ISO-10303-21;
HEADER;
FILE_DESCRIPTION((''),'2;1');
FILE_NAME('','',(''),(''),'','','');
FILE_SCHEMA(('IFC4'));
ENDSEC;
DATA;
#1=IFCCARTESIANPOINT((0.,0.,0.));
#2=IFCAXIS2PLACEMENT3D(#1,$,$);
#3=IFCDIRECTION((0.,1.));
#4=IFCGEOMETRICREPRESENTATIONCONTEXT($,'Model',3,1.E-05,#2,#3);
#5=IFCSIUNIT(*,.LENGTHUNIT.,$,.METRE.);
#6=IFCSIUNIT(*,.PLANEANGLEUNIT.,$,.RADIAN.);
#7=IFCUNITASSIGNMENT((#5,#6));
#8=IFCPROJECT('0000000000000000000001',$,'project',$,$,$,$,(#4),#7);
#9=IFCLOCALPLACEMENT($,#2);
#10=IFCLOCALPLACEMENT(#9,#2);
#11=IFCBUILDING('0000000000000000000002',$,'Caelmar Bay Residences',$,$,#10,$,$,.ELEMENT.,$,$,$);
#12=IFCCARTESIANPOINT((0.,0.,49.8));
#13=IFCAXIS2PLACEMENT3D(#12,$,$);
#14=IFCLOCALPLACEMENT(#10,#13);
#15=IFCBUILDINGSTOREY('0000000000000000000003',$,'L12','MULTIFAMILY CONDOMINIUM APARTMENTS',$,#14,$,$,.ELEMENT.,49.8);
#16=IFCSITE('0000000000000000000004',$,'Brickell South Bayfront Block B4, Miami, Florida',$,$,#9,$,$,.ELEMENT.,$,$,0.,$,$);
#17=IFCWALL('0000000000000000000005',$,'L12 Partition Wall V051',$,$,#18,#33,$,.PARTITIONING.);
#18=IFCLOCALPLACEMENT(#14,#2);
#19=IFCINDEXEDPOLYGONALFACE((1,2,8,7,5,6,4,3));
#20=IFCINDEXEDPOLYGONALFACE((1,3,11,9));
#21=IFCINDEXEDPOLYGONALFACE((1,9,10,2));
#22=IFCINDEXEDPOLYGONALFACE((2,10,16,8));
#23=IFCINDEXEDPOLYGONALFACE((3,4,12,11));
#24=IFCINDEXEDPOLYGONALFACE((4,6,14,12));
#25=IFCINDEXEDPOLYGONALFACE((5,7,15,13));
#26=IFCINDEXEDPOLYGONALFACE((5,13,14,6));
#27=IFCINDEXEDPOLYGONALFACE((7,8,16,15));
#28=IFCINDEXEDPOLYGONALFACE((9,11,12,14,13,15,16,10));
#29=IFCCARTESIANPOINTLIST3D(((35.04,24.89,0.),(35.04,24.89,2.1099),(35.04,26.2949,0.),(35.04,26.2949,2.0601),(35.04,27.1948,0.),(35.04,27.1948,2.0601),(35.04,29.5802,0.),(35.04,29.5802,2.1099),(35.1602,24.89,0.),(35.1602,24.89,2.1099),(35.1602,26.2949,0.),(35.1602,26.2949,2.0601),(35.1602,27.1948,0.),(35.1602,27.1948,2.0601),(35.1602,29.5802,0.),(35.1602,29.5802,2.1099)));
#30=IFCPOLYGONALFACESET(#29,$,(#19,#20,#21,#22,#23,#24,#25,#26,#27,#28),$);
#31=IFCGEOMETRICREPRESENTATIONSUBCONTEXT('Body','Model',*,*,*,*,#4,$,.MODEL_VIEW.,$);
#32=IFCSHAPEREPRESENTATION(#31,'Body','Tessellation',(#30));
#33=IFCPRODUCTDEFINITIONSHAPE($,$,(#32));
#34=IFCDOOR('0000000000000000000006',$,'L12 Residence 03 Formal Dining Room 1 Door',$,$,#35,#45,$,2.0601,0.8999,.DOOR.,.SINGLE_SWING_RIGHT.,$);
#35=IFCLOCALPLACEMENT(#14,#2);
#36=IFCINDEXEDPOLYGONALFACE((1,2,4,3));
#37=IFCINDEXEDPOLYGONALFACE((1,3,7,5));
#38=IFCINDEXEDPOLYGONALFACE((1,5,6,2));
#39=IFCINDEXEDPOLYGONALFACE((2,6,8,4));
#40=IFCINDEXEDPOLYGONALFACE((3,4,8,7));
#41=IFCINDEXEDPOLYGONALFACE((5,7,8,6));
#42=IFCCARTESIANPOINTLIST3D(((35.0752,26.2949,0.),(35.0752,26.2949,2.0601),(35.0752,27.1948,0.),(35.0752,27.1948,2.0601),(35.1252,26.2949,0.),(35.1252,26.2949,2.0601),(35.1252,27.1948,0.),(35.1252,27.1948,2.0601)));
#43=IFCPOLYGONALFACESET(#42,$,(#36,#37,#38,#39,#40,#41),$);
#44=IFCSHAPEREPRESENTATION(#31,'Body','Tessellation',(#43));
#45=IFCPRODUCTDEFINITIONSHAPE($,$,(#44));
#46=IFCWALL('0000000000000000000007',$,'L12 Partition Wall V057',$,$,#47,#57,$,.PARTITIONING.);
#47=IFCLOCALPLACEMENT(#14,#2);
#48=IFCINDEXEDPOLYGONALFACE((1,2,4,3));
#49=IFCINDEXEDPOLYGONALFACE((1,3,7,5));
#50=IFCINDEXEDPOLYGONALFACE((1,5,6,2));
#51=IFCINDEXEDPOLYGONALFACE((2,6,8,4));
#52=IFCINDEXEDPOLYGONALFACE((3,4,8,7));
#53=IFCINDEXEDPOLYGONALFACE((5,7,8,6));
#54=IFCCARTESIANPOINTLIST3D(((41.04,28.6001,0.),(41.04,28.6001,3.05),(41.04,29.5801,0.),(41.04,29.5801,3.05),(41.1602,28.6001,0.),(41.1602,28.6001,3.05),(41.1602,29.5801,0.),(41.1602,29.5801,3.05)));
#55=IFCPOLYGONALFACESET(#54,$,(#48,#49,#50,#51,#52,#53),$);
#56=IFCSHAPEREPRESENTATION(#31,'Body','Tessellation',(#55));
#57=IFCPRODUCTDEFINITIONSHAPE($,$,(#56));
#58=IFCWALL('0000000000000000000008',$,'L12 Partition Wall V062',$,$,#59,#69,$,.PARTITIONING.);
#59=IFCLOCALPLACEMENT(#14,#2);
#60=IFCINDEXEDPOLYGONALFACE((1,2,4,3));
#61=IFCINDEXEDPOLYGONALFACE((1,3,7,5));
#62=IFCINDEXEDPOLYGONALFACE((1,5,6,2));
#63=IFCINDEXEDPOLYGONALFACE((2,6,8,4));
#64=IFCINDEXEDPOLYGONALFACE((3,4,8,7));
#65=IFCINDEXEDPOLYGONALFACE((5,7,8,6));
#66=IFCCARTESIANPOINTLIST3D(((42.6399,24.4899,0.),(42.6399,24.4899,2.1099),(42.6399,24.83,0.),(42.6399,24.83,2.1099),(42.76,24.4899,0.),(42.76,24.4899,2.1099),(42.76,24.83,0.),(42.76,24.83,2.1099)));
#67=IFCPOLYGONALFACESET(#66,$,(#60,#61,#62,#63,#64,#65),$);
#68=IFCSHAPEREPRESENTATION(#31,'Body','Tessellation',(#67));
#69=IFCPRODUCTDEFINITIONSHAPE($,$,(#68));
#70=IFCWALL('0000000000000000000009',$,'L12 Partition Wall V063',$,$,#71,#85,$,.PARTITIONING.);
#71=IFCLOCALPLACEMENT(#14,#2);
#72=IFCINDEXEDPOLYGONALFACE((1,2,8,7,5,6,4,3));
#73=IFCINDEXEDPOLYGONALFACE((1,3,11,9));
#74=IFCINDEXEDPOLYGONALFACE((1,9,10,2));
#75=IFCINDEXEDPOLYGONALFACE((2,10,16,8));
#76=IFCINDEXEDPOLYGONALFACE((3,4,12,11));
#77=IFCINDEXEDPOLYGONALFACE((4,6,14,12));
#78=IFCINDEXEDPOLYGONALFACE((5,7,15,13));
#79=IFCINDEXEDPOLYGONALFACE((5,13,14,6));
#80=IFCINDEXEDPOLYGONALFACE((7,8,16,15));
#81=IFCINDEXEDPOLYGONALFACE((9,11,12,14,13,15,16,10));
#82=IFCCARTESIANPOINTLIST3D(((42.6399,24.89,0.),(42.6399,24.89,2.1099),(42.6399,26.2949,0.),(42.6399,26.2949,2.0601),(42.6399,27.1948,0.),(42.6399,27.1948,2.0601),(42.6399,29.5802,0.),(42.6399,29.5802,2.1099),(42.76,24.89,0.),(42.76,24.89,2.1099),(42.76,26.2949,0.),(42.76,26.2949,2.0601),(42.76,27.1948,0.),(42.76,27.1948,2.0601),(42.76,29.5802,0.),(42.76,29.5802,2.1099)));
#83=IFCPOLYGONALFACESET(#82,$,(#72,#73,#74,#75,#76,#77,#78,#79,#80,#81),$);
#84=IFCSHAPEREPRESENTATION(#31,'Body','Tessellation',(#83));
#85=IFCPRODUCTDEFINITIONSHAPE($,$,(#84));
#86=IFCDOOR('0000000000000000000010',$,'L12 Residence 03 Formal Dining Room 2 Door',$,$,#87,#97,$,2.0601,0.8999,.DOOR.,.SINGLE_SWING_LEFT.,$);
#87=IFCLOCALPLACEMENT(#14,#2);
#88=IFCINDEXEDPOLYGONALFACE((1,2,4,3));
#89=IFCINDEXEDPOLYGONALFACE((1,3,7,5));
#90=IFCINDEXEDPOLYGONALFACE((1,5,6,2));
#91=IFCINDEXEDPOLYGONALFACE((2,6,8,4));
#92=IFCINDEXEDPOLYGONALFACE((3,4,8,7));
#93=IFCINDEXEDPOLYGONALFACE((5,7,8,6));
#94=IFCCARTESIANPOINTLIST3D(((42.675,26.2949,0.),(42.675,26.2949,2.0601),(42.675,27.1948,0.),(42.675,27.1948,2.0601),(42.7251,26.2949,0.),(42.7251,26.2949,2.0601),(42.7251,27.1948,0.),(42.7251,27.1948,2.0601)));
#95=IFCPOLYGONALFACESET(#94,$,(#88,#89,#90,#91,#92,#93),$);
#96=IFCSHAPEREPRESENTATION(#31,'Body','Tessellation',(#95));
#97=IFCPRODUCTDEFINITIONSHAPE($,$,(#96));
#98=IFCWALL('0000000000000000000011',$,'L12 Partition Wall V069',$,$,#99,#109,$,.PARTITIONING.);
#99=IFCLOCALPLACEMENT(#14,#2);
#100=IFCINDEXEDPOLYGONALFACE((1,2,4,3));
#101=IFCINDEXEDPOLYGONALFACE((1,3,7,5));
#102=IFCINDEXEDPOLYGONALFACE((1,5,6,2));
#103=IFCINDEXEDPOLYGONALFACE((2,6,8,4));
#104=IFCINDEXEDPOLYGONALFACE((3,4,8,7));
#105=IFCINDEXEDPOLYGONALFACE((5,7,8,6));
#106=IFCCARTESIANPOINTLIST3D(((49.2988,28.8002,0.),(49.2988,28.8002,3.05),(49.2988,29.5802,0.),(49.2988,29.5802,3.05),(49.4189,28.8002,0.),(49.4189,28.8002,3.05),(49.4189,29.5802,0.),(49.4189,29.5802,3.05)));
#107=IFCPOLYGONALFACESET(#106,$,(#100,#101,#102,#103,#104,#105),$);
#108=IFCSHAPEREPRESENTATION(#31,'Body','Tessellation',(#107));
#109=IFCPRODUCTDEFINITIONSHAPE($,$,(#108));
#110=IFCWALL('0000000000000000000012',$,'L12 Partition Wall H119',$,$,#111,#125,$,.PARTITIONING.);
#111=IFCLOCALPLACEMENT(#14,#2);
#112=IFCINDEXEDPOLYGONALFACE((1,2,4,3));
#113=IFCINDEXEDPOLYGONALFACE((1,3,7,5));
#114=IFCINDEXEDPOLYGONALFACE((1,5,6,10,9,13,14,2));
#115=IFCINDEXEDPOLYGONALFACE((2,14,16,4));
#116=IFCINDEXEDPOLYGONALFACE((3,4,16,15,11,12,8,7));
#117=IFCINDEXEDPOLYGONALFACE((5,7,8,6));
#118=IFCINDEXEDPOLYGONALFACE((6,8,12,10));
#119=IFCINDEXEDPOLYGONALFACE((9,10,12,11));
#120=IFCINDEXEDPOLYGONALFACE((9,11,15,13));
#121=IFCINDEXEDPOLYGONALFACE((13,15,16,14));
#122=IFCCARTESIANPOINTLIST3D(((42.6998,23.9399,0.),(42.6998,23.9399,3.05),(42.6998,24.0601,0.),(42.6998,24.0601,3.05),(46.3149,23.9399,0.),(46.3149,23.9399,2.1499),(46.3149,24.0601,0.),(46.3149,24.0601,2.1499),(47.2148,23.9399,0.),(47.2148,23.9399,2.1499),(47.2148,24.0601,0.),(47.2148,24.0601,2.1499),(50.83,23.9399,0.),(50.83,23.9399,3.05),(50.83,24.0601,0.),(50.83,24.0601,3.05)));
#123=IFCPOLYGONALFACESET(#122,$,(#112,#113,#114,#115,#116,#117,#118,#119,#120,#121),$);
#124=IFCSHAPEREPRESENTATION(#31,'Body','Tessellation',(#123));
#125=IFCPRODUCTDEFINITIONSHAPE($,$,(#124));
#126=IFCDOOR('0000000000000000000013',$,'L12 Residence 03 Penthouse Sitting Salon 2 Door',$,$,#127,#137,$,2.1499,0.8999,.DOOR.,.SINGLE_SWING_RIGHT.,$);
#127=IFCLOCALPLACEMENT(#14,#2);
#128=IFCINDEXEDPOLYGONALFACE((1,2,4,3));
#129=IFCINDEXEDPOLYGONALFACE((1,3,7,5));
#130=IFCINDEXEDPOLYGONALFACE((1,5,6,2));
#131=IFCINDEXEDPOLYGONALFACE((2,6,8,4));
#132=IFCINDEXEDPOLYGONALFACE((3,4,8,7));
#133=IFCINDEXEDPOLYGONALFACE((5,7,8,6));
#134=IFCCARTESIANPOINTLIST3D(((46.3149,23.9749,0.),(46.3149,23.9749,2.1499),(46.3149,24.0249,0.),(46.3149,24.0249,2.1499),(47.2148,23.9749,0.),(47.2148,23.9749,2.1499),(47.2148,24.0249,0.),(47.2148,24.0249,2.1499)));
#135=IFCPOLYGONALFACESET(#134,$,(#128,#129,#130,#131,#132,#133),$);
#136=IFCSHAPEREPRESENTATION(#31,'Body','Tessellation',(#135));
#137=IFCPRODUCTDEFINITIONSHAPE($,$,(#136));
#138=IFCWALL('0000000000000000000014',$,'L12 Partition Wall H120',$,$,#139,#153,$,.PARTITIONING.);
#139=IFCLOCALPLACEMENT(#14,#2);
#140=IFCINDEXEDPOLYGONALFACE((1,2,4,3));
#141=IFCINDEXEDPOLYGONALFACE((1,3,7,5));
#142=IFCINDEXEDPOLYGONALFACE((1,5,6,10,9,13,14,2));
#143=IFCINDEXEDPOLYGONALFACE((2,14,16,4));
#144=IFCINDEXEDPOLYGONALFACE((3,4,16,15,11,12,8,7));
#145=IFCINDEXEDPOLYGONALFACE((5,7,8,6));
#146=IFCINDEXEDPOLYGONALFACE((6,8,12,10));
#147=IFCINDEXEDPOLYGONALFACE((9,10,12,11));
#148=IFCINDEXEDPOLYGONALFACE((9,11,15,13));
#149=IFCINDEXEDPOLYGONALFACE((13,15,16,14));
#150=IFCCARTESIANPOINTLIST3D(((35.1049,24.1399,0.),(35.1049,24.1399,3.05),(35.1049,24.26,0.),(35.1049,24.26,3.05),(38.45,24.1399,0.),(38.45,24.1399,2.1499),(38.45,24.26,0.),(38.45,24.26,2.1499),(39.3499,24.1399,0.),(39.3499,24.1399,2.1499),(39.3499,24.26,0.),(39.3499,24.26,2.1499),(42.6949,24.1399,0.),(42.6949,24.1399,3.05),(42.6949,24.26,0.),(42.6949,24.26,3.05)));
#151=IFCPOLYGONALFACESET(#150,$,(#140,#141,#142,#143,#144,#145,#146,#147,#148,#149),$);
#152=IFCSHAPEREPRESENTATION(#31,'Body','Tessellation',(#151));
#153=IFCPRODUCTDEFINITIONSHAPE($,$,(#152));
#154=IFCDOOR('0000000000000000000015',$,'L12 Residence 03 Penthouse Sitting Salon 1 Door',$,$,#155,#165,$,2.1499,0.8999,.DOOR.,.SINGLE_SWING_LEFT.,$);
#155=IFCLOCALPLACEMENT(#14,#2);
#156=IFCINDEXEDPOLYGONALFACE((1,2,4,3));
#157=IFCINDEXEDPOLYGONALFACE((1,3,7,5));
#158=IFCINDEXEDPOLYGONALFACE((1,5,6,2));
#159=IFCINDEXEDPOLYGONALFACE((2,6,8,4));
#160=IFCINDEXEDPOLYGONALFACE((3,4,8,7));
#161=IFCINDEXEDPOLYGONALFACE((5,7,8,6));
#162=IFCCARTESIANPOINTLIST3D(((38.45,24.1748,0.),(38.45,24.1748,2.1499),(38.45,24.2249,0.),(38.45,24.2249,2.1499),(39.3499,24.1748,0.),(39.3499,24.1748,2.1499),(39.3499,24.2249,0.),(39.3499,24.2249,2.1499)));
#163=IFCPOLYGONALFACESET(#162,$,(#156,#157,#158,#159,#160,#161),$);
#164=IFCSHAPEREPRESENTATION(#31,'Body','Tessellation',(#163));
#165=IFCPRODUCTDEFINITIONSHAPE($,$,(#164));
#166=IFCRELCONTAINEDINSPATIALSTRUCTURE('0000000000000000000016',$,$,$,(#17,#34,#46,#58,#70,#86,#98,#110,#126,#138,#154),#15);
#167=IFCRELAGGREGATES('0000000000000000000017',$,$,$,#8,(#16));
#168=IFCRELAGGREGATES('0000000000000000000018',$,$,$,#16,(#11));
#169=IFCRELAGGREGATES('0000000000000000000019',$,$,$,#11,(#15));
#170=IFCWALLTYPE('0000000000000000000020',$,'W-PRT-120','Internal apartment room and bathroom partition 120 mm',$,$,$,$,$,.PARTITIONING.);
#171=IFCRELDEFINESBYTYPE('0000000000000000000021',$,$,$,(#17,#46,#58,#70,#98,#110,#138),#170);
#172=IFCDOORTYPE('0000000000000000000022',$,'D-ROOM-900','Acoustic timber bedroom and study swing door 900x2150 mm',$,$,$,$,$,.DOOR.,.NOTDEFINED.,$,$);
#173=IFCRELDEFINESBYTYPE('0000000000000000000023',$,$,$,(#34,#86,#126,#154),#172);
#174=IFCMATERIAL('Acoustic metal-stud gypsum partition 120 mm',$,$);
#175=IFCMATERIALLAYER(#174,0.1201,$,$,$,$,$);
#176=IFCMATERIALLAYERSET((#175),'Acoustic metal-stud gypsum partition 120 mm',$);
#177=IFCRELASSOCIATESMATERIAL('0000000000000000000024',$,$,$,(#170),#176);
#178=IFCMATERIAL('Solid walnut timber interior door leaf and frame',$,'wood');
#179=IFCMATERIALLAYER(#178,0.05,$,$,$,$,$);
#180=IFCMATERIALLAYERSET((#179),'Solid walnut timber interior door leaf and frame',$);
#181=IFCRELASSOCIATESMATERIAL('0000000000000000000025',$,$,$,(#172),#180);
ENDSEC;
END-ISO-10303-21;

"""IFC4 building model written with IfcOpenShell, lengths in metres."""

from ifc_helpers import new_model, si_unit, direction, frame, frame_2d, origin, place, context, subcontext, project, spatial, rectangle, extrude, material, layer, layer_set, type_object, element, fill, save


model = new_model("IFC4")

# Units and contexts
model_context = context("Model", 3, precision=1e-05, world=origin(), true_north=direction((0.0, 1.0)))
body_context = subcontext(model_context, "Body", "Model", "MODEL_VIEW")
ifc_project = project(units=[si_unit("LENGTHUNIT", "METRE"), si_unit("PLANEANGLEUNIT", "RADIAN")], contexts=[model_context])

# Site, building, storey
site_placement = place(None, origin())
site = spatial("IfcSite", under=ifc_project, at=site_placement, Name="Brickell South Bayfront Block B4, Miami, Florida", CompositionType="ELEMENT", RefElevation=0.0)
building_placement = place(site_placement, origin())
building = spatial("IfcBuilding", under=site, at=building_placement, Name="Caelmar Bay Residences", CompositionType="ELEMENT")
storey_placement = place(building_placement, frame((0.0, 0.0, 49.8)))
storey = spatial("IfcBuildingStorey", under=building, at=storey_placement, Name="L12", Description="MULTIFAMILY CONDOMINIUM APARTMENTS", CompositionType="ELEMENT", Elevation=49.8)

# Shared definitions
ifc_material_1 = material(Name="Acoustic metal-stud gypsum partition 120 mm")
ifc_layer_1 = layer(ifc_material_1, 0.1201)
ifc_layer_set_1 = layer_set([ifc_layer_1], Name="Acoustic metal-stud gypsum partition 120 mm")
wall_type = type_object("IfcWallType", Name="W-PRT-120", Description="Internal apartment room and bathroom partition 120 mm", PredefinedType="PARTITIONING", material=ifc_layer_set_1)

# Wall, opening, door
wall_1_placement = place(storey_placement, frame((35.1001, 24.8899, 0.0), z_axis=(0.0, 0.0, 1.0), x_axis=(0.0, 1.0, 0.0)))
wall_1 = element("IfcWall", 1, at=wall_1_placement, inside=storey, type_object=wall_type, Name="L12 Partition Wall V051", PredefinedType="PARTITIONING", context=body_context, shape_type="SweptSolid", body=[
    extrude(rectangle(XDim=4.6902, YDim=0.1201, at=frame_2d((2.3452, 0.0))), origin(), (0.0, 0.0, 1.0), 2.1099),
])
opening_1_placement = place(wall_1_placement, frame((1.405, 0.0, 0.0)))
opening_1 = element("IfcOpeningElement", 2, at=opening_1_placement, cuts=wall_1, PredefinedType="OPENING", context=body_context, shape_type="SweptSolid", body=[
    extrude(rectangle(XDim=0.8999, YDim=2.0601, at=frame_2d((0.45, 1.03))), frame((0.0, 0.0701, 0.0), z_axis=(0.0, -1.0, 0.0), x_axis=(1.0, 0.0, 0.0)), (0.0, 0.0, 1.0), 0.1401),
])
ifc_material_2 = material(Name="Solid walnut timber interior door leaf and frame", Category="wood")
ifc_layer_2 = layer(ifc_material_2, 0.05)
ifc_layer_set_2 = layer_set([ifc_layer_2], Name="Solid walnut timber interior door leaf and frame")
door_type = type_object("IfcDoorType", Name="D-ROOM-900", Description="Acoustic timber bedroom and study swing door 900x2150 mm", OperationType="NOTDEFINED", PredefinedType="DOOR", material=ifc_layer_set_2)
door_1_placement = place(opening_1_placement, origin())
door_1 = element("IfcDoor", 3, at=door_1_placement, inside=storey, type_object=door_type, Name="L12 Residence 03 Formal Dining Room 1 Door", OperationType="SINGLE_SWING_RIGHT", OverallHeight=2.0601, OverallWidth=0.8999, PredefinedType="DOOR", context=body_context, shape_type="SweptSolid", body=[
    extrude(rectangle(XDim=0.8999, YDim=2.0601, at=frame_2d((0.45, 1.03))), frame((0.0, 0.0249, 0.0), z_axis=(0.0, -1.0, 0.0), x_axis=(1.0, 0.0, 0.0)), (0.0, 0.0, 1.0), 0.05),
])
fill(opening_1, door_1)

# Walls
wall_2_placement = place(storey_placement, frame((41.1001, 28.6001, 0.0), z_axis=(0.0, 0.0, 1.0), x_axis=(0.0, 1.0, 0.0)))
element("IfcWall", 4, at=wall_2_placement, inside=storey, type_object=wall_type, Name="L12 Partition Wall V057", PredefinedType="PARTITIONING", context=body_context, shape_type="SweptSolid", body=[
    extrude(rectangle(XDim=0.98, YDim=0.1201, at=frame_2d((0.49, 0.0))), origin(), (0.0, 0.0, 1.0), 3.05),
])
wall_3_placement = place(storey_placement, frame((42.7, 24.49, 0.0), z_axis=(0.0, 0.0, 1.0), x_axis=(0.0, 1.0, 0.0)))
element("IfcWall", 5, at=wall_3_placement, inside=storey, type_object=wall_type, Name="L12 Partition Wall V062", PredefinedType="PARTITIONING", context=body_context, shape_type="SweptSolid", body=[
    extrude(rectangle(XDim=0.3401, YDim=0.1201, at=frame_2d((0.1699, 0.0))), origin(), (0.0, 0.0, 1.0), 2.1099),
])

# Wall, opening, door
wall_4_placement = place(storey_placement, frame((42.7, 24.8899, 0.0), z_axis=(0.0, 0.0, 1.0), x_axis=(0.0, 1.0, 0.0)))
wall_4 = element("IfcWall", 6, at=wall_4_placement, inside=storey, type_object=wall_type, Name="L12 Partition Wall V063", PredefinedType="PARTITIONING", context=body_context, shape_type="SweptSolid", body=[
    extrude(rectangle(XDim=4.6902, YDim=0.1201, at=frame_2d((2.3452, 0.0))), origin(), (0.0, 0.0, 1.0), 2.1099),
])
opening_2_placement = place(wall_4_placement, frame((1.405, 0.0, 0.0)))
opening_2 = element("IfcOpeningElement", 7, at=opening_2_placement, cuts=wall_4, PredefinedType="OPENING", context=body_context, shape_type="SweptSolid", body=[
    extrude(rectangle(XDim=0.8999, YDim=2.0601, at=frame_2d((0.45, 1.03))), frame((0.0, 0.0701, 0.0), z_axis=(0.0, -1.0, 0.0), x_axis=(1.0, 0.0, 0.0)), (0.0, 0.0, 1.0), 0.1401),
])
door_2_placement = place(opening_2_placement, origin())
door_2 = element("IfcDoor", 8, at=door_2_placement, inside=storey, type_object=door_type, Name="L12 Residence 03 Formal Dining Room 2 Door", OperationType="SINGLE_SWING_LEFT", OverallHeight=2.0601, OverallWidth=0.8999, PredefinedType="DOOR", context=body_context, shape_type="SweptSolid", body=[
    extrude(rectangle(XDim=0.8999, YDim=2.0601, at=frame_2d((0.45, 1.03))), frame((0.0, 0.0249, 0.0), z_axis=(0.0, -1.0, 0.0), x_axis=(1.0, 0.0, 0.0)), (0.0, 0.0, 1.0), 0.05),
])
fill(opening_2, door_2)

# Wall
wall_5_placement = place(storey_placement, frame((49.3589, 28.8, 0.0), z_axis=(0.0, 0.0, 1.0), x_axis=(0.0, 1.0, 0.0)))
element("IfcWall", 9, at=wall_5_placement, inside=storey, type_object=wall_type, Name="L12 Partition Wall V069", PredefinedType="PARTITIONING", context=body_context, shape_type="SweptSolid", body=[
    extrude(rectangle(XDim=0.78, YDim=0.1201, at=frame_2d((0.3901, 0.0))), origin(), (0.0, 0.0, 1.0), 3.05),
])

# Walls, openings, doors
wall_6_placement = place(storey_placement, frame((42.7, 24.0, 0.0), z_axis=(0.0, 0.0, 1.0), x_axis=(1.0, 0.0, 0.0)))
wall_6 = element("IfcWall", 10, at=wall_6_placement, inside=storey, type_object=wall_type, Name="L12 Partition Wall H119", PredefinedType="PARTITIONING", context=body_context, shape_type="SweptSolid", body=[
    extrude(rectangle(XDim=8.1301, YDim=0.1201, at=frame_2d((4.0649, 0.0))), origin(), (0.0, 0.0, 1.0), 3.05),
])
opening_3_placement = place(wall_6_placement, frame((3.615, 0.0, 0.0)))
opening_3 = element("IfcOpeningElement", 11, at=opening_3_placement, cuts=wall_6, PredefinedType="OPENING", context=body_context, shape_type="SweptSolid", body=[
    extrude(rectangle(XDim=0.8999, YDim=2.1499, at=frame_2d((0.45, 1.075))), frame((0.0, 0.0701, 0.0), z_axis=(0.0, -1.0, 0.0), x_axis=(1.0, 0.0, 0.0)), (0.0, 0.0, 1.0), 0.1401),
])
door_3_placement = place(opening_3_placement, origin())
door_3 = element("IfcDoor", 12, at=door_3_placement, inside=storey, type_object=door_type, Name="L12 Residence 03 Penthouse Sitting Salon 2 Door", OperationType="SINGLE_SWING_RIGHT", OverallHeight=2.1499, OverallWidth=0.8999, PredefinedType="DOOR", context=body_context, shape_type="SweptSolid", body=[
    extrude(rectangle(XDim=0.8999, YDim=2.1499, at=frame_2d((0.45, 1.075))), frame((0.0, 0.0249, 0.0), z_axis=(0.0, -1.0, 0.0), x_axis=(1.0, 0.0, 0.0)), (0.0, 0.0, 1.0), 0.05),
])
fill(opening_3, door_3)
wall_7_placement = place(storey_placement, frame((35.105, 24.2, 0.0), z_axis=(0.0, 0.0, 1.0), x_axis=(1.0, 0.0, 0.0)))
wall_7 = element("IfcWall", 13, at=wall_7_placement, inside=storey, type_object=wall_type, Name="L12 Partition Wall H120", PredefinedType="PARTITIONING", context=body_context, shape_type="SweptSolid", body=[
    extrude(rectangle(XDim=7.5901, YDim=0.1201, at=frame_2d((3.7949, 0.0))), origin(), (0.0, 0.0, 1.0), 3.05),
])
opening_4_placement = place(wall_7_placement, frame((3.345, 0.0, 0.0)))
opening_4 = element("IfcOpeningElement", 14, at=opening_4_placement, cuts=wall_7, PredefinedType="OPENING", context=body_context, shape_type="SweptSolid", body=[
    extrude(rectangle(XDim=0.8999, YDim=2.1499, at=frame_2d((0.45, 1.075))), frame((0.0, 0.0701, 0.0), z_axis=(0.0, -1.0, 0.0), x_axis=(1.0, 0.0, 0.0)), (0.0, 0.0, 1.0), 0.1401),
])
door_4_placement = place(opening_4_placement, origin())
door_4 = element("IfcDoor", 15, at=door_4_placement, inside=storey, type_object=door_type, Name="L12 Residence 03 Penthouse Sitting Salon 1 Door", OperationType="SINGLE_SWING_LEFT", OverallHeight=2.1499, OverallWidth=0.8999, PredefinedType="DOOR", context=body_context, shape_type="SweptSolid", body=[
    extrude(rectangle(XDim=0.8999, YDim=2.1499, at=frame_2d((0.45, 1.075))), frame((0.0, 0.0249, 0.0), z_axis=(0.0, -1.0, 0.0), x_axis=(1.0, 0.0, 0.0)), (0.0, 0.0, 1.0), 0.05),
])
fill(opening_4, door_4)

save(model, "model.ifc")
